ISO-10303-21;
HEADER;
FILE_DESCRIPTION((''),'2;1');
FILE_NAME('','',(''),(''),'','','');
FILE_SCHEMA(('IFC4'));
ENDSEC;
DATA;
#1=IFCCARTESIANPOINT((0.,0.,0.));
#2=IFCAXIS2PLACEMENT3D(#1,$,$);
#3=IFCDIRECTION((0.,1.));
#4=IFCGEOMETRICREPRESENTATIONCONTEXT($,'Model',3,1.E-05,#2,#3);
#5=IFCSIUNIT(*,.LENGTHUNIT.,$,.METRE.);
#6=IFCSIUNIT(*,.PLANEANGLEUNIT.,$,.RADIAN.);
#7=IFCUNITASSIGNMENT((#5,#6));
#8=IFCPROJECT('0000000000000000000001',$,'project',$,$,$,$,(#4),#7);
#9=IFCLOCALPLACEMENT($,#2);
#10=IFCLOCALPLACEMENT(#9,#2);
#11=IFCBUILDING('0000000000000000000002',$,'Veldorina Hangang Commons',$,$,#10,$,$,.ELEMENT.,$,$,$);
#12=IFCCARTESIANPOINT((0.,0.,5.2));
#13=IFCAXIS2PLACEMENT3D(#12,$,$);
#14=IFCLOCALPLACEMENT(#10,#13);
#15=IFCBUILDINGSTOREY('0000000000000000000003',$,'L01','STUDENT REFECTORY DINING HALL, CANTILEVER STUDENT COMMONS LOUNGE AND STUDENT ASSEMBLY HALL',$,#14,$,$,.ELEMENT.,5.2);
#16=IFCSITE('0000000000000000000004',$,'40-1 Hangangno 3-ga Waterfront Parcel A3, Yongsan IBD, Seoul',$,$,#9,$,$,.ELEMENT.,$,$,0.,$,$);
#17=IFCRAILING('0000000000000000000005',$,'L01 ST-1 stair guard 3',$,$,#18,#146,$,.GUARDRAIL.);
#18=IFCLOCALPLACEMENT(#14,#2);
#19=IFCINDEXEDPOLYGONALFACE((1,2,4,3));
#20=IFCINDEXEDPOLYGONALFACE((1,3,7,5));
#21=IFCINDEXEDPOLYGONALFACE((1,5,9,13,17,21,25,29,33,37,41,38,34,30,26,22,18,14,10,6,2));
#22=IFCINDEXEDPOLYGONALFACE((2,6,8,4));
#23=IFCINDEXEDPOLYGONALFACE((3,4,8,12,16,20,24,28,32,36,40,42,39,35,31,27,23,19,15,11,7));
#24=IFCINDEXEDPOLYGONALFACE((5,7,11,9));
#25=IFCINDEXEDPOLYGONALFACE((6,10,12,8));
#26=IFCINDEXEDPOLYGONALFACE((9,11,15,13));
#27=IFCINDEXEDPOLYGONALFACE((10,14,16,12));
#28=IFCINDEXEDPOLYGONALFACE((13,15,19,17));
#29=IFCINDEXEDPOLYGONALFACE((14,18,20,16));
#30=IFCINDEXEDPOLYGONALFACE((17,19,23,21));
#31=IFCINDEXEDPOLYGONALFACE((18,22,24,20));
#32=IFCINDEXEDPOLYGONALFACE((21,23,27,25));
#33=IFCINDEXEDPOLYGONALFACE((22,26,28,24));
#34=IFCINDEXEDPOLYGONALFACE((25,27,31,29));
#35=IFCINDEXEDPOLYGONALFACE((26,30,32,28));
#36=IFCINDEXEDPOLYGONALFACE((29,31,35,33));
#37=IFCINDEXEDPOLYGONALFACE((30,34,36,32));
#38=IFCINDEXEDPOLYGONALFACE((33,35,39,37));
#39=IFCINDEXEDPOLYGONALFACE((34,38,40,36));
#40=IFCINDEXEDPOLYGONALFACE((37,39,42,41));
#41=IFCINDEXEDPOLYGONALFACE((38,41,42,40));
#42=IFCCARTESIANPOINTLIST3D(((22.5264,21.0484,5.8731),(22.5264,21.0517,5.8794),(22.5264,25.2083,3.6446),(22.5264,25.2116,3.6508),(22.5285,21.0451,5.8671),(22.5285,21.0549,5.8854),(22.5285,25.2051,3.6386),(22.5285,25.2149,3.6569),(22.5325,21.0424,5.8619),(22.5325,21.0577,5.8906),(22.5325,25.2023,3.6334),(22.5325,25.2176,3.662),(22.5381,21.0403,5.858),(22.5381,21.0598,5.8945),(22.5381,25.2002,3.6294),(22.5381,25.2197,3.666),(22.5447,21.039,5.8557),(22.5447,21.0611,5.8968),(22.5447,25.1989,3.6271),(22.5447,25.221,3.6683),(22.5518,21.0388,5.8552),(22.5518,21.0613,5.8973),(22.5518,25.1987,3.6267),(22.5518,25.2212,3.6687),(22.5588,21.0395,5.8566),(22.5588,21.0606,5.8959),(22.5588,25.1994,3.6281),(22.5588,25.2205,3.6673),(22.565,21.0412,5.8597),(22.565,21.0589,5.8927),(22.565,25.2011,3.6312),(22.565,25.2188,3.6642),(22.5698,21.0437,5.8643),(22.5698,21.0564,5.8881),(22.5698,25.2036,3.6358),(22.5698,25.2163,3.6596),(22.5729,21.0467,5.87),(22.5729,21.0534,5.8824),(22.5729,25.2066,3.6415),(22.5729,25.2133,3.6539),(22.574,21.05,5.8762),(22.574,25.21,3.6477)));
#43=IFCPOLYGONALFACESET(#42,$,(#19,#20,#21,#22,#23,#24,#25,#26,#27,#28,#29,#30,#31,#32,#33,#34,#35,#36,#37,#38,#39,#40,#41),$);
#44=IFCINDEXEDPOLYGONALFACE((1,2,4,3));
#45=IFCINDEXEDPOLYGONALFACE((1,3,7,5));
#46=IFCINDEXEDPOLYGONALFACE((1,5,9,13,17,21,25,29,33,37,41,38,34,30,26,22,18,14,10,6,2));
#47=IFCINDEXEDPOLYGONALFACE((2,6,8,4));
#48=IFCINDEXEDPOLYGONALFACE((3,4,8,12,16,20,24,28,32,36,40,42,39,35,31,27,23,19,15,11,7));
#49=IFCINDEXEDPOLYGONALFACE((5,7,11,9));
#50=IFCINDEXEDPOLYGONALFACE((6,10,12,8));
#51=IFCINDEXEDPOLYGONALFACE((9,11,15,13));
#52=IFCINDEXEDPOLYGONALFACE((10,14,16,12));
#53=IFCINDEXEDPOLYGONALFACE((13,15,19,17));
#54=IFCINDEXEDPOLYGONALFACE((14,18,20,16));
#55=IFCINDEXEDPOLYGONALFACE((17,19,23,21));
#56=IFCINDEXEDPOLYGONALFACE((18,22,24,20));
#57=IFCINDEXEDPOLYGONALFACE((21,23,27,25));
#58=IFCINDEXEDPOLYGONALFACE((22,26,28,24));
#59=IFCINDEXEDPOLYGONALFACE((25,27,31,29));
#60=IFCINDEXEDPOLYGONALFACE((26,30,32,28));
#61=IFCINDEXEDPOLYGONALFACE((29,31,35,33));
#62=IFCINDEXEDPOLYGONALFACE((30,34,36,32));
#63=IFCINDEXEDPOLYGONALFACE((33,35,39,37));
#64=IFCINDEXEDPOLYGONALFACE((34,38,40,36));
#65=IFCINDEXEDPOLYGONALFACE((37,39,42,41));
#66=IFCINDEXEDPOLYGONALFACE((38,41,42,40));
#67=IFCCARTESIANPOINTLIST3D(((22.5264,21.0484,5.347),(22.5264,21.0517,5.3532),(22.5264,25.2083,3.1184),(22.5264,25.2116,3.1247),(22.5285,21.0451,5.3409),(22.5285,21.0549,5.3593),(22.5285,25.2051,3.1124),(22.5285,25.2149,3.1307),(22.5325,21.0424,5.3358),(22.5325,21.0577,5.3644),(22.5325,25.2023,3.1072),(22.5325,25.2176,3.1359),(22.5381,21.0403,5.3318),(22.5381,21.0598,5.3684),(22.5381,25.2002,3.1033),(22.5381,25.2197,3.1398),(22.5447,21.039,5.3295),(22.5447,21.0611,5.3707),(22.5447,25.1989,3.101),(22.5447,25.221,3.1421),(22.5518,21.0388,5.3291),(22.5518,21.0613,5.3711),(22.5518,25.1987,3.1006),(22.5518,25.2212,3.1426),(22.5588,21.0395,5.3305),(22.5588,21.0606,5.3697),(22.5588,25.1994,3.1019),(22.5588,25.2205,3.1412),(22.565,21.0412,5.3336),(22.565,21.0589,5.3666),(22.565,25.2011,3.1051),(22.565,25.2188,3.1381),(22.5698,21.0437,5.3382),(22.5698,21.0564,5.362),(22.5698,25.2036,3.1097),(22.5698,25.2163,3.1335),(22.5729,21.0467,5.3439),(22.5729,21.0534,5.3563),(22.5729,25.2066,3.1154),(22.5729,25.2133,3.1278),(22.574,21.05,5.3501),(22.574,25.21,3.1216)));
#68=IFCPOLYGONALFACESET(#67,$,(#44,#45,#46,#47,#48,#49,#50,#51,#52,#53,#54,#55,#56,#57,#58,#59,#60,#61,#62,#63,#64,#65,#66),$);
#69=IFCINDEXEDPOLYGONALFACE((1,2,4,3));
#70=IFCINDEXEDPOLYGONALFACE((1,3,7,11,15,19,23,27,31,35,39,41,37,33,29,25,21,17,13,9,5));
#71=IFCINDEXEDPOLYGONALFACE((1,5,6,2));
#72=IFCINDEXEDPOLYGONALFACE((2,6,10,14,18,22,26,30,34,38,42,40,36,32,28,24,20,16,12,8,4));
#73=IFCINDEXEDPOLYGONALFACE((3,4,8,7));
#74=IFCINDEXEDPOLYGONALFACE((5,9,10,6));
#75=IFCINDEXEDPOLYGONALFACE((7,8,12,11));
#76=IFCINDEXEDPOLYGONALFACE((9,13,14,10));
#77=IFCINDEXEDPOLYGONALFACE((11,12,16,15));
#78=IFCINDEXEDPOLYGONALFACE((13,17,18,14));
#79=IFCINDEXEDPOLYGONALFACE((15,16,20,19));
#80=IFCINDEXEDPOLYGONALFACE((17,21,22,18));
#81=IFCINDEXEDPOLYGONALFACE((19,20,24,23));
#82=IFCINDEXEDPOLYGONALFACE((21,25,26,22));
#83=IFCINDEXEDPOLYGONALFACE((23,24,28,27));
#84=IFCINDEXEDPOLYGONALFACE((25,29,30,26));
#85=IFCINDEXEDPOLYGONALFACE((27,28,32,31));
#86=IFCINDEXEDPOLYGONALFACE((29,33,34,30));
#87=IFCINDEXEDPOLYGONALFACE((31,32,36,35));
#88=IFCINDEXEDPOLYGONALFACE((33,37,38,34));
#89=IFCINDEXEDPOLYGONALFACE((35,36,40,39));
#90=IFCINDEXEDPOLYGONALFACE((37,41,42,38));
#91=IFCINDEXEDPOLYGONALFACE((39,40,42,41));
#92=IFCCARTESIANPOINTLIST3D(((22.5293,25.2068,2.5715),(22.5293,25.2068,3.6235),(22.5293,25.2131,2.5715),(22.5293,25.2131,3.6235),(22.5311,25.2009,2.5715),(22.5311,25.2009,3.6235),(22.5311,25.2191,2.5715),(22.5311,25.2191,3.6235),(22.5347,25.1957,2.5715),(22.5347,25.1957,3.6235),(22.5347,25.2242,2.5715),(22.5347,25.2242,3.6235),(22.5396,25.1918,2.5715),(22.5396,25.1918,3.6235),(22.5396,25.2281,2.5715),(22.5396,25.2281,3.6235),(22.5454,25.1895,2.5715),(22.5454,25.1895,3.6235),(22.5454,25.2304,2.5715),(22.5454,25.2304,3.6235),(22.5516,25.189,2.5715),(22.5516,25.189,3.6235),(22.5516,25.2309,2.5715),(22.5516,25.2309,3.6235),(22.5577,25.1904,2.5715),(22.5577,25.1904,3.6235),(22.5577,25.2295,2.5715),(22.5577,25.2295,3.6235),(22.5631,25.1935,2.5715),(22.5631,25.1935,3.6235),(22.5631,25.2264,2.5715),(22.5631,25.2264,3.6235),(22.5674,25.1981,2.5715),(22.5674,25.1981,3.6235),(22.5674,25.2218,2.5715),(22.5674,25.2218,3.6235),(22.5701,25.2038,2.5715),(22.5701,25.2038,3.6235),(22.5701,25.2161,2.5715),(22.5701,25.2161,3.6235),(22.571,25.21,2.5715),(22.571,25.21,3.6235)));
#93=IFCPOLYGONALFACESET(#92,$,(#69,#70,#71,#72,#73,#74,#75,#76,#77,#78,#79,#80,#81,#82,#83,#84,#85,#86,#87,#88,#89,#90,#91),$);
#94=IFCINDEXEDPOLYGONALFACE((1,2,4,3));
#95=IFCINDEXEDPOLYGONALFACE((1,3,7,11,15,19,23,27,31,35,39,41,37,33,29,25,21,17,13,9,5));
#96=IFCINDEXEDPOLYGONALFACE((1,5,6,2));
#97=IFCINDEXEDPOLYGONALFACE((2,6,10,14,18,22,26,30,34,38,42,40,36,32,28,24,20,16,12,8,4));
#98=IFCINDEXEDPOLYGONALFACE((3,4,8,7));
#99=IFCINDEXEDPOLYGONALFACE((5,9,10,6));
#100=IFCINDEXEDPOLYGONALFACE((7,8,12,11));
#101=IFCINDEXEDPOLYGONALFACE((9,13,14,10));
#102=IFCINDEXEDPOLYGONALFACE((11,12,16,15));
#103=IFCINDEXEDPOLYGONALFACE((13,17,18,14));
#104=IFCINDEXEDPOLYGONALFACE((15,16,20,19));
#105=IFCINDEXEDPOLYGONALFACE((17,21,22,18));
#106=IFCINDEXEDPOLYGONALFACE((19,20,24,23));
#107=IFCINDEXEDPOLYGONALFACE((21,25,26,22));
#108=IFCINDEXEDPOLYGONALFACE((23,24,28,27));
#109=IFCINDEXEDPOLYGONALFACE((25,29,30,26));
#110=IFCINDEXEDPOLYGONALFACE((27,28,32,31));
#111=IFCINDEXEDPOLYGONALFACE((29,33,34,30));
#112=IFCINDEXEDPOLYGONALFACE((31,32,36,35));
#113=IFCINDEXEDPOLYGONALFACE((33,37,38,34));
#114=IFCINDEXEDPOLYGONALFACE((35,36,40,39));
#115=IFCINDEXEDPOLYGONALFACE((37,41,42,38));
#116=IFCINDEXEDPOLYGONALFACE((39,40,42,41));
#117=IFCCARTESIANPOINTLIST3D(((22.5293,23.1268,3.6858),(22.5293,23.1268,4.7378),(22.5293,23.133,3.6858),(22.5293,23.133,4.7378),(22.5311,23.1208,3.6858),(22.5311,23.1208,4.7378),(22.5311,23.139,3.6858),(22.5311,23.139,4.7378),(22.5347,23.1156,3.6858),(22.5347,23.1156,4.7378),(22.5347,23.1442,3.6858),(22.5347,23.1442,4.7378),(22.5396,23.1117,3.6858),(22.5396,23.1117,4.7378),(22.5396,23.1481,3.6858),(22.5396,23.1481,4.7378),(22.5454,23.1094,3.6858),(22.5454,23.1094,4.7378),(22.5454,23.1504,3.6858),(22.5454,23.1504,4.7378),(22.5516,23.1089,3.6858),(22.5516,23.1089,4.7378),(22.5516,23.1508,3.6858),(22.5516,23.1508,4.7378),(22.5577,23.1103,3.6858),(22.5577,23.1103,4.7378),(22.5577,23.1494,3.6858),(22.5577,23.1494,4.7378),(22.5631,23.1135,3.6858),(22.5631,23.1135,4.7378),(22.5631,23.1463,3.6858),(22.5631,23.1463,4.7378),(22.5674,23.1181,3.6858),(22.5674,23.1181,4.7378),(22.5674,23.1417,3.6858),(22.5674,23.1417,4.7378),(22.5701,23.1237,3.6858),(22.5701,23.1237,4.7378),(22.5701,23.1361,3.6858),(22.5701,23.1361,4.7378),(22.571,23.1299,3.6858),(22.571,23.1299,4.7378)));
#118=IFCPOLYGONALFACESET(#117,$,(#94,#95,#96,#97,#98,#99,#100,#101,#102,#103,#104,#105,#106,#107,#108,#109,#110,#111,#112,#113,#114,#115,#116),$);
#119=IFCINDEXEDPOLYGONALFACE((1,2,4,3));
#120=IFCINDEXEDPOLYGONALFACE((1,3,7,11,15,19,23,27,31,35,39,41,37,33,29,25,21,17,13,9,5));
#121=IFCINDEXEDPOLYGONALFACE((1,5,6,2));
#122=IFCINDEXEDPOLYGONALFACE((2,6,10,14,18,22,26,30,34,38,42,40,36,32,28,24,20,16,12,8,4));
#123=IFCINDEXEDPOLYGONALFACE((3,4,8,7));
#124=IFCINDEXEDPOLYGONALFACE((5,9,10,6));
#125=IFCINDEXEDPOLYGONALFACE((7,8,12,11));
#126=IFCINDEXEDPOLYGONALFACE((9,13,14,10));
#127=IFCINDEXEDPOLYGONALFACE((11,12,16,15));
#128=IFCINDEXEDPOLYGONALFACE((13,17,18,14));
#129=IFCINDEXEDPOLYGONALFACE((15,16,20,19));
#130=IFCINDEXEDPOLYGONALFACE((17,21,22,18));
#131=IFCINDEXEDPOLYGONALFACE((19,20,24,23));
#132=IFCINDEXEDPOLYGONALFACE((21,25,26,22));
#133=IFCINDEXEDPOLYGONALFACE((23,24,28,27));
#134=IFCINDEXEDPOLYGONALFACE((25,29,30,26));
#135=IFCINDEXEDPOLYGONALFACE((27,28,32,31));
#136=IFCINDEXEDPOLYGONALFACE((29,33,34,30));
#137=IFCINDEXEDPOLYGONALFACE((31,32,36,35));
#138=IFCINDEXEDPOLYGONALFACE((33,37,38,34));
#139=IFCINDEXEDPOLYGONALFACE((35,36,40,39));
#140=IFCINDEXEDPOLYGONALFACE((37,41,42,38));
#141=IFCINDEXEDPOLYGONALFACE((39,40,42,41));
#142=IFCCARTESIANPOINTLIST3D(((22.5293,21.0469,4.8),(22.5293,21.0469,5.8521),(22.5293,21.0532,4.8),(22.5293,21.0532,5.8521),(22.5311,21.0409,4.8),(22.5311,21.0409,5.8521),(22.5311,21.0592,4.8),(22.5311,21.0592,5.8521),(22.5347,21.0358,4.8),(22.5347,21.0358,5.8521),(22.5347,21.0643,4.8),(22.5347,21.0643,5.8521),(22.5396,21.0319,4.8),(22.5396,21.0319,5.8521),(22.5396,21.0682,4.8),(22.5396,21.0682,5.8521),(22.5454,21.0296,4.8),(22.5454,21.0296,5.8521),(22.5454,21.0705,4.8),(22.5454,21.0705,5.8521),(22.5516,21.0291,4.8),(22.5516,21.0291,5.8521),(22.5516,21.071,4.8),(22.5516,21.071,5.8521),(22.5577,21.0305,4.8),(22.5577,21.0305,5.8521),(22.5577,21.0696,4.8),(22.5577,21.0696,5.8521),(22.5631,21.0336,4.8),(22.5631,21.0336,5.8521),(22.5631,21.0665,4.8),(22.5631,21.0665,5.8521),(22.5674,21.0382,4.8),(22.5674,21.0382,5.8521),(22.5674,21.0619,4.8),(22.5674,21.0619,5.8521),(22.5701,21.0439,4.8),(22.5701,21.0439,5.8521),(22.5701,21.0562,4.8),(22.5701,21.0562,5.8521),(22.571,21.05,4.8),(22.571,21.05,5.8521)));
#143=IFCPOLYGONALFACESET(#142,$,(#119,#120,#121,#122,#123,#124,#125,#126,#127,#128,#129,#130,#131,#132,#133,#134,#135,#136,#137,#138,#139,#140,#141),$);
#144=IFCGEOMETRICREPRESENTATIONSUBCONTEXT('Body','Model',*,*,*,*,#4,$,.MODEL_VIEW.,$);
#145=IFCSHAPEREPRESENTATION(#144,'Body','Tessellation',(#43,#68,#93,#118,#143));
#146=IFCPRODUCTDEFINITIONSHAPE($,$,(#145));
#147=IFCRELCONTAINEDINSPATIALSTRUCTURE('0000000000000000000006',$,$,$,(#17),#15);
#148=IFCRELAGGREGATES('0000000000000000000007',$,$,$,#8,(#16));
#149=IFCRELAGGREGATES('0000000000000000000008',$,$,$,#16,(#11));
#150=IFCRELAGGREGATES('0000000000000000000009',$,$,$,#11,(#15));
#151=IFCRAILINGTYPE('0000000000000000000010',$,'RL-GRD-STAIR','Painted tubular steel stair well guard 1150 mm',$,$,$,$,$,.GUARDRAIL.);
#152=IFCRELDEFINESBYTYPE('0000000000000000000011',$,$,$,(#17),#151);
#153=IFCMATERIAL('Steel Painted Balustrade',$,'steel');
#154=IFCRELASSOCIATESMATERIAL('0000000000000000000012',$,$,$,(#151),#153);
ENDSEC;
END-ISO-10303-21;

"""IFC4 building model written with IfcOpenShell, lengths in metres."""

from ifc_helpers import new_model, si_unit, direction, frame, origin, origin_2d, place, context, subcontext, project, spatial, circle, extrude, material, type_object, element, save


model = new_model("IFC4")

# Units and contexts
model_context = context("Model", 3, precision=1e-05, world=origin(), true_north=direction((0.0, 1.0)))
body_context = subcontext(model_context, "Body", "Model", "MODEL_VIEW")
ifc_project = project(units=[si_unit("LENGTHUNIT", "METRE"), si_unit("PLANEANGLEUNIT", "RADIAN")], contexts=[model_context])

# Site, building, storey
site_placement = place(None, origin())
site = spatial("IfcSite", under=ifc_project, at=site_placement, Name="40-1 Hangangno 3-ga Waterfront Parcel A3, Yongsan IBD, Seoul", CompositionType="ELEMENT", RefElevation=0.0)
building_placement = place(site_placement, origin())
building = spatial("IfcBuilding", under=site, at=building_placement, Name="Veldorina Hangang Commons", CompositionType="ELEMENT")
storey_placement = place(building_placement, frame((0.0, 0.0, 5.2)))
storey = spatial("IfcBuildingStorey", under=building, at=storey_placement, Name="L01", Description="STUDENT REFECTORY DINING HALL, CANTILEVER STUDENT COMMONS LOUNGE AND STUDENT ASSEMBLY HALL", CompositionType="ELEMENT", Elevation=5.2)

# Railing
ifc_material_1 = material(Name="Steel Painted Balustrade", Category="steel")
railing_type_1 = type_object("IfcRailingType", Name="RL-GRD-STAIR", Description="Painted tubular steel stair well guard 1150 mm", PredefinedType="GUARDRAIL", material=ifc_material_1)
railing_1_placement = place(storey_placement, frame((22.55, 25.21, 2.5715)))
element("IfcRailing", 1, at=railing_1_placement, inside=storey, type_object=railing_type_1, Name="L01 ST-1 stair guard 3", PredefinedType="GUARDRAIL", context=body_context, shape_type="SweptSolid", body=[
    extrude(circle(Radius=0.0239, at=origin_2d()), frame((0.0, 0.0, 1.0762), z_axis=(0.0, -0.881481, 0.47222), x_axis=(1.0, 0.0, 0.0)), (0.0, 0.0, 1.0), 4.7192),
    extrude(circle(Radius=0.0239, at=origin_2d()), frame((0.0, 0.0, 0.55), z_axis=(0.0, -0.881481, 0.47222), x_axis=(1.0, 0.0, 0.0)), (0.0, 0.0, 1.0), 4.7192),
    extrude(circle(Radius=0.021, at=origin_2d()), origin(), (0.0, 0.0, 1.0), 1.052),
    extrude(circle(Radius=0.021, at=origin_2d()), frame((0.0, -2.0801, 1.1143)), (0.0, 0.0, 1.0), 1.052),
    extrude(circle(Radius=0.021, at=origin_2d()), frame((0.0, -4.1599, 2.2285)), (0.0, 0.0, 1.0), 1.052),
])

save(model, "model.ifc")
